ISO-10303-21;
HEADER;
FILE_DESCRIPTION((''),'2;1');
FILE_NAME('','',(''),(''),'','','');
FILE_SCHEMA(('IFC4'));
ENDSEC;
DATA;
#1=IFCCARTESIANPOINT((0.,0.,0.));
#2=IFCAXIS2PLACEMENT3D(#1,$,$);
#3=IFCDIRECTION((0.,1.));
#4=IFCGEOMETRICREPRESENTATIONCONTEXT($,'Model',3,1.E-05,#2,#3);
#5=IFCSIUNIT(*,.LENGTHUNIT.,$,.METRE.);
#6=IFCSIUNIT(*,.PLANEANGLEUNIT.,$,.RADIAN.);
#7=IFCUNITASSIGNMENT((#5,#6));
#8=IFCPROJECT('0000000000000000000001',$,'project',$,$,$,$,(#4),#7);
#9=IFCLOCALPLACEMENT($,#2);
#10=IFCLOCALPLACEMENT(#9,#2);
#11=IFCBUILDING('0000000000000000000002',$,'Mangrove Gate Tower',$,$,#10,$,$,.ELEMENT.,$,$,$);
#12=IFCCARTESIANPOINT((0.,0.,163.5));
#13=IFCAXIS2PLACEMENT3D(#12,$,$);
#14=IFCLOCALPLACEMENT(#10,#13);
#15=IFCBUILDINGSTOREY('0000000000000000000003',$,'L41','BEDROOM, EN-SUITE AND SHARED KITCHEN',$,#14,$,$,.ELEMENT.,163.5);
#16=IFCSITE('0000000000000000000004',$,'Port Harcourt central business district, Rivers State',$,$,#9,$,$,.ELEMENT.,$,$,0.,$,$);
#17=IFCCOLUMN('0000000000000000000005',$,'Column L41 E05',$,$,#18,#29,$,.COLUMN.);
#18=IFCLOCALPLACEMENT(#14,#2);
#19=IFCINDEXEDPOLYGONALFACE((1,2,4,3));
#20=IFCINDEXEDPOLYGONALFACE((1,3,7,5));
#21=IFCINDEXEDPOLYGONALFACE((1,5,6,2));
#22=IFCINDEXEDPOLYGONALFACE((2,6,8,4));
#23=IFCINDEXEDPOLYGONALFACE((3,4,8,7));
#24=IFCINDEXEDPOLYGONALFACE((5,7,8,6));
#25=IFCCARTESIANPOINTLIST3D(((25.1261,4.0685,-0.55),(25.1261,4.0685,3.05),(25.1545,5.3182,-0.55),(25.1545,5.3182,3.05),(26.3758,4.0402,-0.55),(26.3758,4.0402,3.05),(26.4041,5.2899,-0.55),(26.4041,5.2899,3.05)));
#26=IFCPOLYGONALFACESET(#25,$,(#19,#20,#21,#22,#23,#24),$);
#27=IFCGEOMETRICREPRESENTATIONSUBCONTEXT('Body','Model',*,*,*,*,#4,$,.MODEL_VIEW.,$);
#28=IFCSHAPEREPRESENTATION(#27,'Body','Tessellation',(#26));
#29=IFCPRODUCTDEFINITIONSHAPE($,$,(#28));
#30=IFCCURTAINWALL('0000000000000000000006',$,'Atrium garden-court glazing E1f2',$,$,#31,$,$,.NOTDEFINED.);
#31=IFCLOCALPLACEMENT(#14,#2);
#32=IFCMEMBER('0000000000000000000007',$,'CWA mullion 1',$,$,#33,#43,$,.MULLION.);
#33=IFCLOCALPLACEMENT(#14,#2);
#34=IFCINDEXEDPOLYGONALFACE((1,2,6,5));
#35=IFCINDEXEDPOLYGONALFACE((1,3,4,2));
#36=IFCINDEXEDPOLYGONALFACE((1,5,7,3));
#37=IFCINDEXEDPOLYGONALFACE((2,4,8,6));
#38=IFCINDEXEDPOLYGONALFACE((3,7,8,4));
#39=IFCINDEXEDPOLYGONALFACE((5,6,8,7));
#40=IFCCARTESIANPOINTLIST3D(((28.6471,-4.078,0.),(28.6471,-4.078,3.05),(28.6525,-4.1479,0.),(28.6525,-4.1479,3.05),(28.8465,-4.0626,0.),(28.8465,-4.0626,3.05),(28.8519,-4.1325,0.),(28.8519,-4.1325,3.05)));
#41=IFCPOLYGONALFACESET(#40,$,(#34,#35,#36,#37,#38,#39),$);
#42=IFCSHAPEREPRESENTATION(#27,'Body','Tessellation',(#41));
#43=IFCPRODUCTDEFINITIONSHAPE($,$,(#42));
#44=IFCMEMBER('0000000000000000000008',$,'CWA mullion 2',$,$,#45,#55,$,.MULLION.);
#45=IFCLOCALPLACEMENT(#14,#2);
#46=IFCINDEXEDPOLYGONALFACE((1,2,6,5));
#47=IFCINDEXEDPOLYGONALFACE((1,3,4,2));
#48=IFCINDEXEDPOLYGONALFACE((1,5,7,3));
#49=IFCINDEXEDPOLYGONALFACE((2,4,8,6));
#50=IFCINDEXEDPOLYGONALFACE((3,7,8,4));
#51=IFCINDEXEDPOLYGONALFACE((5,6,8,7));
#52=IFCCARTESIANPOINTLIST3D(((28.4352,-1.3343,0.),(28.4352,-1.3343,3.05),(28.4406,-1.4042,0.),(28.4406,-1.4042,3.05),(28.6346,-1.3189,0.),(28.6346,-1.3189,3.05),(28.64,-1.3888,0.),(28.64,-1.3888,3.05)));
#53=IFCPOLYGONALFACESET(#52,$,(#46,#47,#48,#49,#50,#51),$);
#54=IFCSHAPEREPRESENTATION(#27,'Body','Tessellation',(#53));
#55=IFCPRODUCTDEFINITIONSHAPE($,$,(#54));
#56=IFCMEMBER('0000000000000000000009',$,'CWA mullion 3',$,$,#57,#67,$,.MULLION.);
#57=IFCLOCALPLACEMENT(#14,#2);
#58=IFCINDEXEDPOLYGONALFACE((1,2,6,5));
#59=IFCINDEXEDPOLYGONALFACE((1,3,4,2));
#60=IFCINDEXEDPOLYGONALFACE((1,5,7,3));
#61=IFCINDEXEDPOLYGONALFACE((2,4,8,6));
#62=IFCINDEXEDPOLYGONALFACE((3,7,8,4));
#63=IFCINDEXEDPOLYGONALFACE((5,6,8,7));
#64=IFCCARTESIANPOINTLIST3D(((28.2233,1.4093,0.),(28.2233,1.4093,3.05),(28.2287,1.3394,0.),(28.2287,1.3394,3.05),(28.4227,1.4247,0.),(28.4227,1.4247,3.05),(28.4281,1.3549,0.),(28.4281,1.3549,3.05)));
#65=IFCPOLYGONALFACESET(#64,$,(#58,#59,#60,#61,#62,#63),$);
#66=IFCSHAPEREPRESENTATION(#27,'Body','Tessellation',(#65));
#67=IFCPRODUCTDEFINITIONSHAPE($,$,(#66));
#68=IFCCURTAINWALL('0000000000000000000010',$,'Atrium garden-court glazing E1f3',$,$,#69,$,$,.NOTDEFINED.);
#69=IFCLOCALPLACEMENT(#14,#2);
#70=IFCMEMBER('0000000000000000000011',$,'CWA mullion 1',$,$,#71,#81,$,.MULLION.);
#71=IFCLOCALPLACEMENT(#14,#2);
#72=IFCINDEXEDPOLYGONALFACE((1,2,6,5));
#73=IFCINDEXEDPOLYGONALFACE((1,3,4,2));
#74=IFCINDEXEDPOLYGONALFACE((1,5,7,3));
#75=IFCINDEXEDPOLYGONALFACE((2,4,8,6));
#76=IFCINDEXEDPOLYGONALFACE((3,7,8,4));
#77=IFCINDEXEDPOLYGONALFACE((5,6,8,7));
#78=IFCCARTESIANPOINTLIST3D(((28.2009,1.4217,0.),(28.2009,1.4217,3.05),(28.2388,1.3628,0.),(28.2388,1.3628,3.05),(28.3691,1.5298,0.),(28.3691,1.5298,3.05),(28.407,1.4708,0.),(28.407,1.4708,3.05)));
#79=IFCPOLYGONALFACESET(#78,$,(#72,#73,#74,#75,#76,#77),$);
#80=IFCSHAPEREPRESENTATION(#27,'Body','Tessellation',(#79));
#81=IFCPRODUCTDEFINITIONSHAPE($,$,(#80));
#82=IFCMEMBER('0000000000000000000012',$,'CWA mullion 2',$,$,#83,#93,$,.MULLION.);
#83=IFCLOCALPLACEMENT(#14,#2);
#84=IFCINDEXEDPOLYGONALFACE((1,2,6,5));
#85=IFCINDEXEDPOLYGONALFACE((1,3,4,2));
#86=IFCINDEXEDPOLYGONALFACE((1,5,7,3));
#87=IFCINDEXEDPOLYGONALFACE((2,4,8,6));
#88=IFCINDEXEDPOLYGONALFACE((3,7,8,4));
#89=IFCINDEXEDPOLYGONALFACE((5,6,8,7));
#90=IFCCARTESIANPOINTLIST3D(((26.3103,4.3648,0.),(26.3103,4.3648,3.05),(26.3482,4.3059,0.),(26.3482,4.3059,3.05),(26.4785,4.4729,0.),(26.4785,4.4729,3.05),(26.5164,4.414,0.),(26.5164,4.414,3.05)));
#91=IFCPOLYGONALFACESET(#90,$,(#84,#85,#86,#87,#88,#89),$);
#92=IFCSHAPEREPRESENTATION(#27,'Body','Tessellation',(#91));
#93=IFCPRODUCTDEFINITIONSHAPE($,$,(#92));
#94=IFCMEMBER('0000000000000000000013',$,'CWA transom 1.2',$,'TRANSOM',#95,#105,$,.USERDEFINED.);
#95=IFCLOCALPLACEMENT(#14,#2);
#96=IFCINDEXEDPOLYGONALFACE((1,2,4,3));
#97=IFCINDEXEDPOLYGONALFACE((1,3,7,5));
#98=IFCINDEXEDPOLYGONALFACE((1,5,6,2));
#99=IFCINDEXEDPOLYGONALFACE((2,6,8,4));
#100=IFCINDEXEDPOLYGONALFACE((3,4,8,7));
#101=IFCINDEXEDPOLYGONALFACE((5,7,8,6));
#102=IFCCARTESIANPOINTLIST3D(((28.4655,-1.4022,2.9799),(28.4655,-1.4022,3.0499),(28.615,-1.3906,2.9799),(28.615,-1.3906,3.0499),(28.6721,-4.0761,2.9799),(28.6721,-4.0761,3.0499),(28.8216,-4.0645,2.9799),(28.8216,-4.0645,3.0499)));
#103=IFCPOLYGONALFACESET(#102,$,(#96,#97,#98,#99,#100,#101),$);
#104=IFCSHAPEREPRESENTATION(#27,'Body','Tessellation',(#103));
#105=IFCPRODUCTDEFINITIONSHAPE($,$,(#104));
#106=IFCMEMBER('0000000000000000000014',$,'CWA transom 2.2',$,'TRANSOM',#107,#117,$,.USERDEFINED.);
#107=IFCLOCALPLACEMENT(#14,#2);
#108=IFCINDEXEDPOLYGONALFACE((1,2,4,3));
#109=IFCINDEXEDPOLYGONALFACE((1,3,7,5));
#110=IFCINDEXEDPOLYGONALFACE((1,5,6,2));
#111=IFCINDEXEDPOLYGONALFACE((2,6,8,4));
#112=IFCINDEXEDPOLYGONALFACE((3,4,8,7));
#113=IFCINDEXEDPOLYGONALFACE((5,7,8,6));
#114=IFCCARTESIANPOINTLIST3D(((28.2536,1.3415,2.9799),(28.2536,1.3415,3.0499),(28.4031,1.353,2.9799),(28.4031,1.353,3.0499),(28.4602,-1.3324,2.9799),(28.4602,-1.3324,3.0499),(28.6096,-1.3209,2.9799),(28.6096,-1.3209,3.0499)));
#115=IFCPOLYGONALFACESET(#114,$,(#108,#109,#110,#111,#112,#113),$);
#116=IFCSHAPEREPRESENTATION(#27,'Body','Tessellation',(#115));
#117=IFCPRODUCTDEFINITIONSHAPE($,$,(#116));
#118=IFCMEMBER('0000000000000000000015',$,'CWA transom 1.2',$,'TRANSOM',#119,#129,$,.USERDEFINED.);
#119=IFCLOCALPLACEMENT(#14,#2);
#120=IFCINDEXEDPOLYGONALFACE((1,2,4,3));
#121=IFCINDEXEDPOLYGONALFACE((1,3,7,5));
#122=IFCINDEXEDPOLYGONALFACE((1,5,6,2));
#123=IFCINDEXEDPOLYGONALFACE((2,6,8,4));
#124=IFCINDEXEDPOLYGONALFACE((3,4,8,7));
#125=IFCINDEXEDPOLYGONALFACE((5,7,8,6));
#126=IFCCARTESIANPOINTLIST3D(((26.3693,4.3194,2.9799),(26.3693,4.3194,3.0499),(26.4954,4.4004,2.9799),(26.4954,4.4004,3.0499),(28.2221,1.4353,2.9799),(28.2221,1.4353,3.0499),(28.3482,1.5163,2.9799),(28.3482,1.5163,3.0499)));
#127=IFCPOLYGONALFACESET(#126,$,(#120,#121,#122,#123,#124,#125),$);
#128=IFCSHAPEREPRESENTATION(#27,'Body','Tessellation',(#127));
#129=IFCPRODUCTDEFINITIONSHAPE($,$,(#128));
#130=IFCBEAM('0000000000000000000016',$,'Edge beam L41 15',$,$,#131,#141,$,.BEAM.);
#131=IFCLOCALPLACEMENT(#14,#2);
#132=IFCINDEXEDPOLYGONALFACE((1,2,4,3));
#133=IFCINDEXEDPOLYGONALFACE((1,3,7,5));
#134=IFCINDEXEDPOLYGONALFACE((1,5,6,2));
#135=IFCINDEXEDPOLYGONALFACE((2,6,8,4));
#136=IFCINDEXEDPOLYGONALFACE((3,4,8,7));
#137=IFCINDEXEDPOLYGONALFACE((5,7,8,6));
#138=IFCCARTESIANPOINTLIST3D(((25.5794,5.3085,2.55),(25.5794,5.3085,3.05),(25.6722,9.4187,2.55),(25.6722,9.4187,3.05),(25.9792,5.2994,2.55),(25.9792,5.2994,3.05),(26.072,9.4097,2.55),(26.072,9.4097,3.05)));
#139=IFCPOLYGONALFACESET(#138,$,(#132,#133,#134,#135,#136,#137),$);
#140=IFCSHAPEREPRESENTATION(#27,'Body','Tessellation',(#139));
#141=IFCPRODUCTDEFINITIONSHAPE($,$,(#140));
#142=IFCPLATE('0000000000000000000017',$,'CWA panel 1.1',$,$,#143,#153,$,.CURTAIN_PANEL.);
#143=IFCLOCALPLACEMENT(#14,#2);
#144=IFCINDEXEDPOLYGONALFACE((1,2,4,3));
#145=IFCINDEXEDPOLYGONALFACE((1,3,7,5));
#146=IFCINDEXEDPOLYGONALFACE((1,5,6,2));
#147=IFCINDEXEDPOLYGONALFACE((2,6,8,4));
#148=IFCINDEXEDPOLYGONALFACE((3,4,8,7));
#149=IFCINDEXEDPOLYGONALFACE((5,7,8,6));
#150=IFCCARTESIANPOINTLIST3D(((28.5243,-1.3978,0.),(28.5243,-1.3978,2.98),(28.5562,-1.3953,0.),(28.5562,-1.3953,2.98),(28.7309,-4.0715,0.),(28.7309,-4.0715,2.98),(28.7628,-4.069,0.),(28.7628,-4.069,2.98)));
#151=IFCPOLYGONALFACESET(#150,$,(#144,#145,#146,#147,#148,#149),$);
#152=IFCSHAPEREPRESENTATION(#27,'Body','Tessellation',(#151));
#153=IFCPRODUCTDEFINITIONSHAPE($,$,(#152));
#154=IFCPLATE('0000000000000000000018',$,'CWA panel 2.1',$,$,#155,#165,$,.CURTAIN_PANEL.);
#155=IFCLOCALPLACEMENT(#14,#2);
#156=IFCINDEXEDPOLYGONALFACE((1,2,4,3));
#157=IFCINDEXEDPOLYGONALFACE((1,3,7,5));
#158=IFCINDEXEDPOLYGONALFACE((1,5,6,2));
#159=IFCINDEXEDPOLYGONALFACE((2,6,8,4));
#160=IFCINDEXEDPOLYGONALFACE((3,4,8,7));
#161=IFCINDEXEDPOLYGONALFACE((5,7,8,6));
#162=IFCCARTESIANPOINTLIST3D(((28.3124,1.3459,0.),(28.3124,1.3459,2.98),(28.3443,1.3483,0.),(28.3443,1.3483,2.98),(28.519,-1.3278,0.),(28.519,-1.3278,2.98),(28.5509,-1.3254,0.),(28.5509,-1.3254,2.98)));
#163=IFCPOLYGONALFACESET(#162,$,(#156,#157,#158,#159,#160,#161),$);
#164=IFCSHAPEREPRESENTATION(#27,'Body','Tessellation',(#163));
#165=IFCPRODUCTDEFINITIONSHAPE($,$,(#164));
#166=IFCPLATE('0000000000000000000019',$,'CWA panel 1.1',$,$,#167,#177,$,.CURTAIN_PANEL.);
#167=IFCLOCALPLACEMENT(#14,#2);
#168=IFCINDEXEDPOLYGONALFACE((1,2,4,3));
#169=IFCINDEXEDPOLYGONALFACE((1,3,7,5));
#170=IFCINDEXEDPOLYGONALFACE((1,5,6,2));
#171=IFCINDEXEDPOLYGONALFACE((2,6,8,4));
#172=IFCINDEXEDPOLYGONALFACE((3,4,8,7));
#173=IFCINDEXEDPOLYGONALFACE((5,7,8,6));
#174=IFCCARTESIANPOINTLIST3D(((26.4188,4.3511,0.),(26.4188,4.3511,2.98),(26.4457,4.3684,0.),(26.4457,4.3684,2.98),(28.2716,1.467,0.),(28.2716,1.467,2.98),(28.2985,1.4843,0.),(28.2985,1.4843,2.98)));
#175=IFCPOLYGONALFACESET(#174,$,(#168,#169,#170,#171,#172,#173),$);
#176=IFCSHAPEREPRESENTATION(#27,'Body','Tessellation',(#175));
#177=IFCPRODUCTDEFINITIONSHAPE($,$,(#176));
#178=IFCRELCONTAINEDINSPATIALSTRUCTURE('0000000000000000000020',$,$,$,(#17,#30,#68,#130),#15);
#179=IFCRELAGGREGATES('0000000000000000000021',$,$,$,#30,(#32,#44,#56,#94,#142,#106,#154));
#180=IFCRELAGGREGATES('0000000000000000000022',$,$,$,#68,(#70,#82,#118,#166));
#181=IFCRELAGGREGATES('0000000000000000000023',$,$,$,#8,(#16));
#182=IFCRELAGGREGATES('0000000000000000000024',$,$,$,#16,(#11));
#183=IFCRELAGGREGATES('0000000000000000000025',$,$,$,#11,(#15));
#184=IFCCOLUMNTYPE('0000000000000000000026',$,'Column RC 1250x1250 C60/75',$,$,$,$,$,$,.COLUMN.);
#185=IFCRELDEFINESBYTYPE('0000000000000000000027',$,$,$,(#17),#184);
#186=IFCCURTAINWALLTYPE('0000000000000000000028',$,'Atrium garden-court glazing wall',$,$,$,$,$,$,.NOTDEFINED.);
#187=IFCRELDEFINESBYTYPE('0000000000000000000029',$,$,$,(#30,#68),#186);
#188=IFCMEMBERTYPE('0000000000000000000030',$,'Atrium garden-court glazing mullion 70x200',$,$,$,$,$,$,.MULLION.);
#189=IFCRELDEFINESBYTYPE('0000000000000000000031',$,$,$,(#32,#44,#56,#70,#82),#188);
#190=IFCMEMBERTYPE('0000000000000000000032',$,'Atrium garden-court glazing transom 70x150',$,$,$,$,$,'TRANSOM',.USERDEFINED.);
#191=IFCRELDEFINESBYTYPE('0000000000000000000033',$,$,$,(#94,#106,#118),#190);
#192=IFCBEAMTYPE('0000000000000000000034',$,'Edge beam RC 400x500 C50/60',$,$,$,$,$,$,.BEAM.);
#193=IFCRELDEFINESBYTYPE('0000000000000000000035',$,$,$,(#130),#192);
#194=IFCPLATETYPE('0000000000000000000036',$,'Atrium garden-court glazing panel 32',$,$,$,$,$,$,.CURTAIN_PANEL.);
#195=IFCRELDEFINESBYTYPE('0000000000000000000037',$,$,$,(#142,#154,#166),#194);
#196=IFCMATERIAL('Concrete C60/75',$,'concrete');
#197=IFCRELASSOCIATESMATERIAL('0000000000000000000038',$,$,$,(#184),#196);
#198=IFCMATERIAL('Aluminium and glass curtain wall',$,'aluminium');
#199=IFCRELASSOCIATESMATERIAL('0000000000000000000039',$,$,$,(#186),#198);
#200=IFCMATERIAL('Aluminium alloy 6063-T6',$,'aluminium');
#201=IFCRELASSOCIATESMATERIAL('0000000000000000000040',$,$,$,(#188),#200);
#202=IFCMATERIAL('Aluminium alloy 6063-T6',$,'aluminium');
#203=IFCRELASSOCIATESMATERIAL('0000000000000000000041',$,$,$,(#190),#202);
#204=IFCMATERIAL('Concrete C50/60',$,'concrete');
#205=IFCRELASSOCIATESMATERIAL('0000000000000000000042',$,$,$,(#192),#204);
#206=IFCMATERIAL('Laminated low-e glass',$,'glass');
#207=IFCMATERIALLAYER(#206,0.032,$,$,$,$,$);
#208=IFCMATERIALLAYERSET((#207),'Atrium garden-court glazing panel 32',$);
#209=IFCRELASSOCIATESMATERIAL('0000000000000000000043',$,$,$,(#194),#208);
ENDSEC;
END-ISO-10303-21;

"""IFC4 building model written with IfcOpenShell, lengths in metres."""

from ifc_helpers import new_model, si_unit, direction, frame, origin, origin_2d, place, context, subcontext, project, spatial, rectangle, extrude, material, layer, layer_set, material_profile, profile_set, type_object, element, aggregate, save


model = new_model("IFC4")

# Units and contexts
model_context = context("Model", 3, precision=1e-05, world=origin(), true_north=direction((0.0, 1.0)))
body_context = subcontext(model_context, "Body", "Model", "MODEL_VIEW")
ifc_project = project(units=[si_unit("LENGTHUNIT", "METRE"), si_unit("PLANEANGLEUNIT", "RADIAN")], contexts=[model_context])

# Site, building, storey
site_placement = place(None, origin())
site = spatial("IfcSite", under=ifc_project, at=site_placement, Name="Port Harcourt central business district, Rivers State", CompositionType="ELEMENT", RefElevation=0.0)
building_placement = place(site_placement, origin())
building = spatial("IfcBuilding", under=site, at=building_placement, Name="Mangrove Gate Tower", CompositionType="ELEMENT")
storey_placement = place(building_placement, frame((0.0, 0.0, 163.5)))
storey = spatial("IfcBuildingStorey", under=building, at=storey_placement, Name="L41", Description="BEDROOM, EN-SUITE AND SHARED KITCHEN", CompositionType="ELEMENT", Elevation=163.5)

# Column
ifc_material_1 = material(Name="Concrete C60/75", Category="concrete")
ifc_material_profile_1 = material_profile(ifc_material_1, rectangle(XDim=1.25, YDim=1.25, at=origin_2d()))
ifc_profile_set_1 = profile_set([ifc_material_profile_1], Name="Concrete C60/75")
column_type = type_object("IfcColumnType", Name="Column RC 1250x1250 C60/75", PredefinedType="COLUMN", material=ifc_profile_set_1)
column_placement = place(storey_placement, frame((25.7651, 4.6792, -0.55), z_axis=(0.0, 0.0, 1.0), x_axis=(0.022655, 0.999743, 0.0)))
element("IfcColumn", 1, at=column_placement, inside=storey, type_object=column_type, Name="Column L41 E05", PredefinedType="COLUMN", context=body_context, shape_type="SweptSolid", body=[
    extrude(rectangle(XDim=1.25, YDim=1.25, at=origin_2d()), origin(), (0.0, 0.0, 1.0), 3.6001),
])

# Curtain walls, members
ifc_material_2 = material(Name="Aluminium and glass curtain wall", Category="aluminium")
curtain_wall_type = type_object("IfcCurtainWallType", Name="Atrium garden-court glazing wall", PredefinedType="NOTDEFINED", material=ifc_material_2)
curtain_wall_1_placement = place(storey_placement, origin())
curtain_wall_1 = element("IfcCurtainWall", 2, at=curtain_wall_1_placement, inside=storey, type_object=curtain_wall_type, Name="Atrium garden-court glazing E1f2", PredefinedType="NOTDEFINED")
ifc_material_3 = material(Name="Aluminium alloy 6063-T6", Category="aluminium")
ifc_material_profile_2 = material_profile(ifc_material_3, rectangle(XDim=0.0701, YDim=0.2, at=origin_2d()))
ifc_profile_set_2 = profile_set([ifc_material_profile_2], Name="Aluminium alloy 6063-T6")
member_type_1 = type_object("IfcMemberType", Name="Atrium garden-court glazing mullion 70x200", PredefinedType="MULLION", material=ifc_profile_set_2)
member_1_placement = place(storey_placement, frame((28.7495, -4.1052, 0.0), z_axis=(0.0, 0.0, 1.0), x_axis=(-0.077023, 0.997029, 0.0)))
member_1 = element("IfcMember", 3, at=member_1_placement, type_object=member_type_1, Name="CWA mullion 1", PredefinedType="MULLION", context=body_context, shape_type="SweptSolid", body=[
    extrude(rectangle(XDim=0.0701, YDim=0.2, at=origin_2d()), origin(), (0.0, 0.0, 1.0), 3.05),
])
member_2_placement = place(storey_placement, frame((28.5376, -1.3616, 0.0), z_axis=(0.0, 0.0, 1.0), x_axis=(-0.077023, 0.997029, 0.0)))
member_2 = element("IfcMember", 4, at=member_2_placement, type_object=member_type_1, Name="CWA mullion 2", PredefinedType="MULLION", context=body_context, shape_type="SweptSolid", body=[
    extrude(rectangle(XDim=0.0701, YDim=0.2, at=origin_2d()), origin(), (0.0, 0.0, 1.0), 3.05),
])
member_3_placement = place(storey_placement, frame((28.3257, 1.3821, 0.0), z_axis=(0.0, 0.0, 1.0), x_axis=(-0.077023, 0.997029, 0.0)))
member_3 = element("IfcMember", 5, at=member_3_placement, type_object=member_type_1, Name="CWA mullion 3", PredefinedType="MULLION", context=body_context, shape_type="SweptSolid", body=[
    extrude(rectangle(XDim=0.0701, YDim=0.2, at=origin_2d()), origin(), (0.0, 0.0, 1.0), 3.05),
])
curtain_wall_2_placement = place(storey_placement, origin())
curtain_wall_2 = element("IfcCurtainWall", 6, at=curtain_wall_2_placement, inside=storey, type_object=curtain_wall_type, Name="Atrium garden-court glazing E1f3", PredefinedType="NOTDEFINED")
member_4_placement = place(storey_placement, frame((28.304, 1.4463, 0.0), z_axis=(0.0, 0.0, 1.0), x_axis=(-0.540496, 0.841346, 0.0)))
member_4 = element("IfcMember", 7, at=member_4_placement, type_object=member_type_1, Name="CWA mullion 1", PredefinedType="MULLION", context=body_context, shape_type="SweptSolid", body=[
    extrude(rectangle(XDim=0.0701, YDim=0.2, at=origin_2d()), origin(), (0.0, 0.0, 1.0), 3.05),
])
member_5_placement = place(storey_placement, frame((26.4133, 4.3894, 0.0), z_axis=(0.0, 0.0, 1.0), x_axis=(-0.540496, 0.841346, 0.0)))
member_5 = element("IfcMember", 8, at=member_5_placement, type_object=member_type_1, Name="CWA mullion 2", PredefinedType="MULLION", context=body_context, shape_type="SweptSolid", body=[
    extrude(rectangle(XDim=0.0701, YDim=0.2, at=origin_2d()), origin(), (0.0, 0.0, 1.0), 3.05),
])

# Members
ifc_material_4 = material(Name="Aluminium alloy 6063-T6", Category="aluminium")
ifc_material_profile_3 = material_profile(ifc_material_4, rectangle(XDim=0.0701, YDim=0.1499, at=origin_2d()))
ifc_profile_set_3 = profile_set([ifc_material_profile_3], Name="Aluminium alloy 6063-T6")
member_type_2 = type_object("IfcMemberType", Name="Atrium garden-court glazing transom 70x150", ElementType="TRANSOM", PredefinedType="USERDEFINED", material=ifc_profile_set_3)
member_6_placement = place(storey_placement, frame((28.7468, -4.0703, 3.0149), z_axis=(-0.077017, 0.99703, 0.0), x_axis=(0.0, 0.0, 1.0)))
member_6 = element("IfcMember", 9, at=member_6_placement, type_object=member_type_2, Name="CWA transom 1.2", ObjectType="TRANSOM", PredefinedType="USERDEFINED", context=body_context, shape_type="SweptSolid", body=[
    extrude(rectangle(XDim=0.0701, YDim=0.1499, at=origin_2d()), origin(), (0.0, 0.0, 1.0), 2.6819),
])
member_7_placement = place(storey_placement, frame((28.5349, -1.3267, 3.0149), z_axis=(-0.077017, 0.99703, 0.0), x_axis=(0.0, 0.0, 1.0)))
member_7 = element("IfcMember", 10, at=member_7_placement, type_object=member_type_2, Name="CWA transom 2.2", ObjectType="TRANSOM", PredefinedType="USERDEFINED", context=body_context, shape_type="SweptSolid", body=[
    extrude(rectangle(XDim=0.0701, YDim=0.1499, at=origin_2d()), origin(), (0.0, 0.0, 1.0), 2.6819),
])
member_8_placement = place(storey_placement, frame((28.2852, 1.4758, 3.0149), z_axis=(-0.540502, 0.841343, 0.0), x_axis=(0.0, 0.0, 1.0)))
member_8 = element("IfcMember", 11, at=member_8_placement, type_object=member_type_2, Name="CWA transom 1.2", ObjectType="TRANSOM", PredefinedType="USERDEFINED", context=body_context, shape_type="SweptSolid", body=[
    extrude(rectangle(XDim=0.0701, YDim=0.1499, at=origin_2d()), origin(), (0.0, 0.0, 1.0), 3.428),
])

# Beam
ifc_material_5 = material(Name="Concrete C50/60", Category="concrete")
ifc_material_profile_4 = material_profile(ifc_material_5, rectangle(XDim=0.3999, YDim=0.5, at=origin_2d()))
ifc_profile_set_4 = profile_set([ifc_material_profile_4], Name="Concrete C50/60")
beam_type = type_object("IfcBeamType", Name="Edge beam RC 400x500 C50/60", PredefinedType="BEAM", material=ifc_profile_set_4)
beam_placement = place(storey_placement, frame((25.7793, 5.304, 2.8), z_axis=(0.022565, 0.999745, 0.0), x_axis=(-0.999745, 0.022565, 0.0)))
element("IfcBeam", 12, at=beam_placement, inside=storey, type_object=beam_type, Name="Edge beam L41 15", PredefinedType="BEAM", context=body_context, shape_type="SweptSolid", body=[
    extrude(rectangle(XDim=0.3999, YDim=0.5, at=origin_2d()), origin(), (0.0, 0.0, 1.0), 4.1113),
])

# Plates
ifc_material_6 = material(Name="Laminated low-e glass", Category="glass")
ifc_layer_1 = layer(ifc_material_6, 0.032)
ifc_layer_set_1 = layer_set([ifc_layer_1], Name="Atrium garden-court glazing panel 32")
plate_type = type_object("IfcPlateType", Name="Atrium garden-court glazing panel 32", PredefinedType="CURTAIN_PANEL", material=ifc_layer_set_1)
plate_1_placement = place(storey_placement, frame((28.6436, -2.7334, 0.0), z_axis=(0.0, 0.0, 1.0), x_axis=(-0.077023, 0.997029, 0.0)))
plate_1 = element("IfcPlate", 13, at=plate_1_placement, type_object=plate_type, Name="CWA panel 1.1", PredefinedType="CURTAIN_PANEL", context=body_context, shape_type="SweptSolid", body=[
    extrude(rectangle(XDim=2.6816, YDim=0.032, at=origin_2d()), origin(), (0.0, 0.0, 1.0), 2.98),
])
plate_2_placement = place(storey_placement, frame((28.4316, 0.0103, 0.0), z_axis=(0.0, 0.0, 1.0), x_axis=(-0.077023, 0.997029, 0.0)))
plate_2 = element("IfcPlate", 14, at=plate_2_placement, type_object=plate_type, Name="CWA panel 2.1", PredefinedType="CURTAIN_PANEL", context=body_context, shape_type="SweptSolid", body=[
    extrude(rectangle(XDim=2.6816, YDim=0.032, at=origin_2d()), origin(), (0.0, 0.0, 1.0), 2.98),
])
aggregate(curtain_wall_1, [member_1, member_2, member_3, member_6, plate_1, member_7, plate_2])
plate_3_placement = place(storey_placement, frame((27.3586, 2.9177, 0.0), z_axis=(0.0, 0.0, 1.0), x_axis=(-0.540496, 0.841346, 0.0)))
plate_3 = element("IfcPlate", 15, at=plate_3_placement, type_object=plate_type, Name="CWA panel 1.1", PredefinedType="CURTAIN_PANEL", context=body_context, shape_type="SweptSolid", body=[
    extrude(rectangle(XDim=3.428, YDim=0.032, at=origin_2d()), origin(), (0.0, 0.0, 1.0), 2.98),
])
aggregate(curtain_wall_2, [member_4, member_5, member_8, plate_3])

save(model, "model.ifc")
